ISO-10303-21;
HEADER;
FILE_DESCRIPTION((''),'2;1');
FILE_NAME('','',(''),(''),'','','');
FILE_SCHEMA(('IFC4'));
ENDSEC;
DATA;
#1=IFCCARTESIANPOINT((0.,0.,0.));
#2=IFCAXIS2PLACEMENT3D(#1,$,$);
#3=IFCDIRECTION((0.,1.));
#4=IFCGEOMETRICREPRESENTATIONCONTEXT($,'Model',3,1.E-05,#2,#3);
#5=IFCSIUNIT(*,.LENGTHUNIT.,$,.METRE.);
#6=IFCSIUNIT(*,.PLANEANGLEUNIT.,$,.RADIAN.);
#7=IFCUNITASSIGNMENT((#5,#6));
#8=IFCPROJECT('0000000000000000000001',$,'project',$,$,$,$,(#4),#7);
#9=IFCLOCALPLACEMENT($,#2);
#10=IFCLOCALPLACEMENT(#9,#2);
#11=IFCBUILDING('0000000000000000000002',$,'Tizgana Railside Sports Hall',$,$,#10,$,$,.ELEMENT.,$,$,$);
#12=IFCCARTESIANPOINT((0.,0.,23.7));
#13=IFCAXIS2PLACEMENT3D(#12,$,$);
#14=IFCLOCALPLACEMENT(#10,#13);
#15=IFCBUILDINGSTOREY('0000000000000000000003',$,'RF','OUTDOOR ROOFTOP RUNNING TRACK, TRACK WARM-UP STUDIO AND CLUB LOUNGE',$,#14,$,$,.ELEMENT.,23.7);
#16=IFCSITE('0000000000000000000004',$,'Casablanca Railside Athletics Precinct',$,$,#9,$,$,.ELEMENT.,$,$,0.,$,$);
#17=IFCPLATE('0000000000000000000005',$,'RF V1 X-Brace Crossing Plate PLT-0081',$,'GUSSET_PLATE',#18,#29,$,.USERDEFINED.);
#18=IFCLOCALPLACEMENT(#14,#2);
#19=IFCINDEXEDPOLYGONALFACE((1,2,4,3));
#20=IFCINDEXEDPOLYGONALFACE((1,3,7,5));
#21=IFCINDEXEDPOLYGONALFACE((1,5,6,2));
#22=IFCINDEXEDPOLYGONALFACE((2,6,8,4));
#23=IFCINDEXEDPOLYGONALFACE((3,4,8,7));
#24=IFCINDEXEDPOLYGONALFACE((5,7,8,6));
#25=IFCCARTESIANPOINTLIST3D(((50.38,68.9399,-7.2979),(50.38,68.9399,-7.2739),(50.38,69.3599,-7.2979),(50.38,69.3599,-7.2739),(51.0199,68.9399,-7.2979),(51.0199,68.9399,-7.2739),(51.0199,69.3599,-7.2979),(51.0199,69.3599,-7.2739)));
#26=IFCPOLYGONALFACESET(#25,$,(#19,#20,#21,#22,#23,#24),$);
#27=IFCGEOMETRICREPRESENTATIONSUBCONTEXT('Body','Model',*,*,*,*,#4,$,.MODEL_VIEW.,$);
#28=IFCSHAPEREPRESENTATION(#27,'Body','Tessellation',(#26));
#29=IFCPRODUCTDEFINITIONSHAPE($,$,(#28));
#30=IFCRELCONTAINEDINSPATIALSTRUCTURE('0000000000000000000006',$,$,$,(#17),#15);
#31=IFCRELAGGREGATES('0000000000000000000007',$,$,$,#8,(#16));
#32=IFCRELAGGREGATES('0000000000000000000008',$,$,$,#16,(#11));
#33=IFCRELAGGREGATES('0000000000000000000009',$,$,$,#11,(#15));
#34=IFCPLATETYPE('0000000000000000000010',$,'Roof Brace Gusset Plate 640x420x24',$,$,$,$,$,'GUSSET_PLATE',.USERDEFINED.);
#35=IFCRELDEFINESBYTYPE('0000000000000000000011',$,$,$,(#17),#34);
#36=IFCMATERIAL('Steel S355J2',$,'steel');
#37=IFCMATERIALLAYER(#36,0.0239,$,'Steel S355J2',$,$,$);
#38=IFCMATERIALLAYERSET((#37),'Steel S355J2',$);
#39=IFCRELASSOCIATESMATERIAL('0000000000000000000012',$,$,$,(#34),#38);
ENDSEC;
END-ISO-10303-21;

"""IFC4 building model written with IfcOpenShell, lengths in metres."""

from ifc_helpers import new_model, si_unit, direction, frame, origin, origin_2d, place, context, subcontext, project, spatial, rectangle, extrude, material, layer, layer_set, type_object, element, save


model = new_model("IFC4")

# Units and contexts
model_context = context("Model", 3, precision=1e-05, world=origin(), true_north=direction((0.0, 1.0)))
body_context = subcontext(model_context, "Body", "Model", "MODEL_VIEW")
ifc_project = project(units=[si_unit("LENGTHUNIT", "METRE"), si_unit("PLANEANGLEUNIT", "RADIAN")], contexts=[model_context])

# Site, building, storey
site_placement = place(None, origin())
site = spatial("IfcSite", under=ifc_project, at=site_placement, Name="Casablanca Railside Athletics Precinct", CompositionType="ELEMENT", RefElevation=0.0)
building_placement = place(site_placement, origin())
building = spatial("IfcBuilding", under=site, at=building_placement, Name="Tizgana Railside Sports Hall", CompositionType="ELEMENT")
storey_placement = place(building_placement, frame((0.0, 0.0, 23.7)))
storey = spatial("IfcBuildingStorey", under=building, at=storey_placement, Name="RF", Description="OUTDOOR ROOFTOP RUNNING TRACK, TRACK WARM-UP STUDIO AND CLUB LOUNGE", CompositionType="ELEMENT", Elevation=23.7)

# Shared definitions
ifc_material_1 = material(Name="Steel S355J2", Category="steel")

# Plate
ifc_layer_1 = layer(ifc_material_1, 0.0239, Name="Steel S355J2")
ifc_layer_set_1 = layer_set([ifc_layer_1], Name="Steel S355J2")
plate_type_1 = type_object("IfcPlateType", Name="Roof Brace Gusset Plate 640x420x24", ElementType="GUSSET_PLATE", PredefinedType="USERDEFINED", material=ifc_layer_set_1)
plate_placement = place(storey_placement, frame((50.7, 69.1499, -7.2979), z_axis=(0.0, 0.0, 1.0), x_axis=(1.0, 0.0, 0.0)))
element("IfcPlate", 1, at=plate_placement, inside=storey, type_object=plate_type_1, Name="RF V1 X-Brace Crossing Plate PLT-0081", ObjectType="GUSSET_PLATE", PredefinedType="USERDEFINED", context=body_context, shape_type="SweptSolid", body=[
    extrude(rectangle(XDim=0.6399, YDim=0.4199, at=origin_2d()), origin(), (0.0, 0.0, 1.0), 0.0239),
])

save(model, "model.ifc")
